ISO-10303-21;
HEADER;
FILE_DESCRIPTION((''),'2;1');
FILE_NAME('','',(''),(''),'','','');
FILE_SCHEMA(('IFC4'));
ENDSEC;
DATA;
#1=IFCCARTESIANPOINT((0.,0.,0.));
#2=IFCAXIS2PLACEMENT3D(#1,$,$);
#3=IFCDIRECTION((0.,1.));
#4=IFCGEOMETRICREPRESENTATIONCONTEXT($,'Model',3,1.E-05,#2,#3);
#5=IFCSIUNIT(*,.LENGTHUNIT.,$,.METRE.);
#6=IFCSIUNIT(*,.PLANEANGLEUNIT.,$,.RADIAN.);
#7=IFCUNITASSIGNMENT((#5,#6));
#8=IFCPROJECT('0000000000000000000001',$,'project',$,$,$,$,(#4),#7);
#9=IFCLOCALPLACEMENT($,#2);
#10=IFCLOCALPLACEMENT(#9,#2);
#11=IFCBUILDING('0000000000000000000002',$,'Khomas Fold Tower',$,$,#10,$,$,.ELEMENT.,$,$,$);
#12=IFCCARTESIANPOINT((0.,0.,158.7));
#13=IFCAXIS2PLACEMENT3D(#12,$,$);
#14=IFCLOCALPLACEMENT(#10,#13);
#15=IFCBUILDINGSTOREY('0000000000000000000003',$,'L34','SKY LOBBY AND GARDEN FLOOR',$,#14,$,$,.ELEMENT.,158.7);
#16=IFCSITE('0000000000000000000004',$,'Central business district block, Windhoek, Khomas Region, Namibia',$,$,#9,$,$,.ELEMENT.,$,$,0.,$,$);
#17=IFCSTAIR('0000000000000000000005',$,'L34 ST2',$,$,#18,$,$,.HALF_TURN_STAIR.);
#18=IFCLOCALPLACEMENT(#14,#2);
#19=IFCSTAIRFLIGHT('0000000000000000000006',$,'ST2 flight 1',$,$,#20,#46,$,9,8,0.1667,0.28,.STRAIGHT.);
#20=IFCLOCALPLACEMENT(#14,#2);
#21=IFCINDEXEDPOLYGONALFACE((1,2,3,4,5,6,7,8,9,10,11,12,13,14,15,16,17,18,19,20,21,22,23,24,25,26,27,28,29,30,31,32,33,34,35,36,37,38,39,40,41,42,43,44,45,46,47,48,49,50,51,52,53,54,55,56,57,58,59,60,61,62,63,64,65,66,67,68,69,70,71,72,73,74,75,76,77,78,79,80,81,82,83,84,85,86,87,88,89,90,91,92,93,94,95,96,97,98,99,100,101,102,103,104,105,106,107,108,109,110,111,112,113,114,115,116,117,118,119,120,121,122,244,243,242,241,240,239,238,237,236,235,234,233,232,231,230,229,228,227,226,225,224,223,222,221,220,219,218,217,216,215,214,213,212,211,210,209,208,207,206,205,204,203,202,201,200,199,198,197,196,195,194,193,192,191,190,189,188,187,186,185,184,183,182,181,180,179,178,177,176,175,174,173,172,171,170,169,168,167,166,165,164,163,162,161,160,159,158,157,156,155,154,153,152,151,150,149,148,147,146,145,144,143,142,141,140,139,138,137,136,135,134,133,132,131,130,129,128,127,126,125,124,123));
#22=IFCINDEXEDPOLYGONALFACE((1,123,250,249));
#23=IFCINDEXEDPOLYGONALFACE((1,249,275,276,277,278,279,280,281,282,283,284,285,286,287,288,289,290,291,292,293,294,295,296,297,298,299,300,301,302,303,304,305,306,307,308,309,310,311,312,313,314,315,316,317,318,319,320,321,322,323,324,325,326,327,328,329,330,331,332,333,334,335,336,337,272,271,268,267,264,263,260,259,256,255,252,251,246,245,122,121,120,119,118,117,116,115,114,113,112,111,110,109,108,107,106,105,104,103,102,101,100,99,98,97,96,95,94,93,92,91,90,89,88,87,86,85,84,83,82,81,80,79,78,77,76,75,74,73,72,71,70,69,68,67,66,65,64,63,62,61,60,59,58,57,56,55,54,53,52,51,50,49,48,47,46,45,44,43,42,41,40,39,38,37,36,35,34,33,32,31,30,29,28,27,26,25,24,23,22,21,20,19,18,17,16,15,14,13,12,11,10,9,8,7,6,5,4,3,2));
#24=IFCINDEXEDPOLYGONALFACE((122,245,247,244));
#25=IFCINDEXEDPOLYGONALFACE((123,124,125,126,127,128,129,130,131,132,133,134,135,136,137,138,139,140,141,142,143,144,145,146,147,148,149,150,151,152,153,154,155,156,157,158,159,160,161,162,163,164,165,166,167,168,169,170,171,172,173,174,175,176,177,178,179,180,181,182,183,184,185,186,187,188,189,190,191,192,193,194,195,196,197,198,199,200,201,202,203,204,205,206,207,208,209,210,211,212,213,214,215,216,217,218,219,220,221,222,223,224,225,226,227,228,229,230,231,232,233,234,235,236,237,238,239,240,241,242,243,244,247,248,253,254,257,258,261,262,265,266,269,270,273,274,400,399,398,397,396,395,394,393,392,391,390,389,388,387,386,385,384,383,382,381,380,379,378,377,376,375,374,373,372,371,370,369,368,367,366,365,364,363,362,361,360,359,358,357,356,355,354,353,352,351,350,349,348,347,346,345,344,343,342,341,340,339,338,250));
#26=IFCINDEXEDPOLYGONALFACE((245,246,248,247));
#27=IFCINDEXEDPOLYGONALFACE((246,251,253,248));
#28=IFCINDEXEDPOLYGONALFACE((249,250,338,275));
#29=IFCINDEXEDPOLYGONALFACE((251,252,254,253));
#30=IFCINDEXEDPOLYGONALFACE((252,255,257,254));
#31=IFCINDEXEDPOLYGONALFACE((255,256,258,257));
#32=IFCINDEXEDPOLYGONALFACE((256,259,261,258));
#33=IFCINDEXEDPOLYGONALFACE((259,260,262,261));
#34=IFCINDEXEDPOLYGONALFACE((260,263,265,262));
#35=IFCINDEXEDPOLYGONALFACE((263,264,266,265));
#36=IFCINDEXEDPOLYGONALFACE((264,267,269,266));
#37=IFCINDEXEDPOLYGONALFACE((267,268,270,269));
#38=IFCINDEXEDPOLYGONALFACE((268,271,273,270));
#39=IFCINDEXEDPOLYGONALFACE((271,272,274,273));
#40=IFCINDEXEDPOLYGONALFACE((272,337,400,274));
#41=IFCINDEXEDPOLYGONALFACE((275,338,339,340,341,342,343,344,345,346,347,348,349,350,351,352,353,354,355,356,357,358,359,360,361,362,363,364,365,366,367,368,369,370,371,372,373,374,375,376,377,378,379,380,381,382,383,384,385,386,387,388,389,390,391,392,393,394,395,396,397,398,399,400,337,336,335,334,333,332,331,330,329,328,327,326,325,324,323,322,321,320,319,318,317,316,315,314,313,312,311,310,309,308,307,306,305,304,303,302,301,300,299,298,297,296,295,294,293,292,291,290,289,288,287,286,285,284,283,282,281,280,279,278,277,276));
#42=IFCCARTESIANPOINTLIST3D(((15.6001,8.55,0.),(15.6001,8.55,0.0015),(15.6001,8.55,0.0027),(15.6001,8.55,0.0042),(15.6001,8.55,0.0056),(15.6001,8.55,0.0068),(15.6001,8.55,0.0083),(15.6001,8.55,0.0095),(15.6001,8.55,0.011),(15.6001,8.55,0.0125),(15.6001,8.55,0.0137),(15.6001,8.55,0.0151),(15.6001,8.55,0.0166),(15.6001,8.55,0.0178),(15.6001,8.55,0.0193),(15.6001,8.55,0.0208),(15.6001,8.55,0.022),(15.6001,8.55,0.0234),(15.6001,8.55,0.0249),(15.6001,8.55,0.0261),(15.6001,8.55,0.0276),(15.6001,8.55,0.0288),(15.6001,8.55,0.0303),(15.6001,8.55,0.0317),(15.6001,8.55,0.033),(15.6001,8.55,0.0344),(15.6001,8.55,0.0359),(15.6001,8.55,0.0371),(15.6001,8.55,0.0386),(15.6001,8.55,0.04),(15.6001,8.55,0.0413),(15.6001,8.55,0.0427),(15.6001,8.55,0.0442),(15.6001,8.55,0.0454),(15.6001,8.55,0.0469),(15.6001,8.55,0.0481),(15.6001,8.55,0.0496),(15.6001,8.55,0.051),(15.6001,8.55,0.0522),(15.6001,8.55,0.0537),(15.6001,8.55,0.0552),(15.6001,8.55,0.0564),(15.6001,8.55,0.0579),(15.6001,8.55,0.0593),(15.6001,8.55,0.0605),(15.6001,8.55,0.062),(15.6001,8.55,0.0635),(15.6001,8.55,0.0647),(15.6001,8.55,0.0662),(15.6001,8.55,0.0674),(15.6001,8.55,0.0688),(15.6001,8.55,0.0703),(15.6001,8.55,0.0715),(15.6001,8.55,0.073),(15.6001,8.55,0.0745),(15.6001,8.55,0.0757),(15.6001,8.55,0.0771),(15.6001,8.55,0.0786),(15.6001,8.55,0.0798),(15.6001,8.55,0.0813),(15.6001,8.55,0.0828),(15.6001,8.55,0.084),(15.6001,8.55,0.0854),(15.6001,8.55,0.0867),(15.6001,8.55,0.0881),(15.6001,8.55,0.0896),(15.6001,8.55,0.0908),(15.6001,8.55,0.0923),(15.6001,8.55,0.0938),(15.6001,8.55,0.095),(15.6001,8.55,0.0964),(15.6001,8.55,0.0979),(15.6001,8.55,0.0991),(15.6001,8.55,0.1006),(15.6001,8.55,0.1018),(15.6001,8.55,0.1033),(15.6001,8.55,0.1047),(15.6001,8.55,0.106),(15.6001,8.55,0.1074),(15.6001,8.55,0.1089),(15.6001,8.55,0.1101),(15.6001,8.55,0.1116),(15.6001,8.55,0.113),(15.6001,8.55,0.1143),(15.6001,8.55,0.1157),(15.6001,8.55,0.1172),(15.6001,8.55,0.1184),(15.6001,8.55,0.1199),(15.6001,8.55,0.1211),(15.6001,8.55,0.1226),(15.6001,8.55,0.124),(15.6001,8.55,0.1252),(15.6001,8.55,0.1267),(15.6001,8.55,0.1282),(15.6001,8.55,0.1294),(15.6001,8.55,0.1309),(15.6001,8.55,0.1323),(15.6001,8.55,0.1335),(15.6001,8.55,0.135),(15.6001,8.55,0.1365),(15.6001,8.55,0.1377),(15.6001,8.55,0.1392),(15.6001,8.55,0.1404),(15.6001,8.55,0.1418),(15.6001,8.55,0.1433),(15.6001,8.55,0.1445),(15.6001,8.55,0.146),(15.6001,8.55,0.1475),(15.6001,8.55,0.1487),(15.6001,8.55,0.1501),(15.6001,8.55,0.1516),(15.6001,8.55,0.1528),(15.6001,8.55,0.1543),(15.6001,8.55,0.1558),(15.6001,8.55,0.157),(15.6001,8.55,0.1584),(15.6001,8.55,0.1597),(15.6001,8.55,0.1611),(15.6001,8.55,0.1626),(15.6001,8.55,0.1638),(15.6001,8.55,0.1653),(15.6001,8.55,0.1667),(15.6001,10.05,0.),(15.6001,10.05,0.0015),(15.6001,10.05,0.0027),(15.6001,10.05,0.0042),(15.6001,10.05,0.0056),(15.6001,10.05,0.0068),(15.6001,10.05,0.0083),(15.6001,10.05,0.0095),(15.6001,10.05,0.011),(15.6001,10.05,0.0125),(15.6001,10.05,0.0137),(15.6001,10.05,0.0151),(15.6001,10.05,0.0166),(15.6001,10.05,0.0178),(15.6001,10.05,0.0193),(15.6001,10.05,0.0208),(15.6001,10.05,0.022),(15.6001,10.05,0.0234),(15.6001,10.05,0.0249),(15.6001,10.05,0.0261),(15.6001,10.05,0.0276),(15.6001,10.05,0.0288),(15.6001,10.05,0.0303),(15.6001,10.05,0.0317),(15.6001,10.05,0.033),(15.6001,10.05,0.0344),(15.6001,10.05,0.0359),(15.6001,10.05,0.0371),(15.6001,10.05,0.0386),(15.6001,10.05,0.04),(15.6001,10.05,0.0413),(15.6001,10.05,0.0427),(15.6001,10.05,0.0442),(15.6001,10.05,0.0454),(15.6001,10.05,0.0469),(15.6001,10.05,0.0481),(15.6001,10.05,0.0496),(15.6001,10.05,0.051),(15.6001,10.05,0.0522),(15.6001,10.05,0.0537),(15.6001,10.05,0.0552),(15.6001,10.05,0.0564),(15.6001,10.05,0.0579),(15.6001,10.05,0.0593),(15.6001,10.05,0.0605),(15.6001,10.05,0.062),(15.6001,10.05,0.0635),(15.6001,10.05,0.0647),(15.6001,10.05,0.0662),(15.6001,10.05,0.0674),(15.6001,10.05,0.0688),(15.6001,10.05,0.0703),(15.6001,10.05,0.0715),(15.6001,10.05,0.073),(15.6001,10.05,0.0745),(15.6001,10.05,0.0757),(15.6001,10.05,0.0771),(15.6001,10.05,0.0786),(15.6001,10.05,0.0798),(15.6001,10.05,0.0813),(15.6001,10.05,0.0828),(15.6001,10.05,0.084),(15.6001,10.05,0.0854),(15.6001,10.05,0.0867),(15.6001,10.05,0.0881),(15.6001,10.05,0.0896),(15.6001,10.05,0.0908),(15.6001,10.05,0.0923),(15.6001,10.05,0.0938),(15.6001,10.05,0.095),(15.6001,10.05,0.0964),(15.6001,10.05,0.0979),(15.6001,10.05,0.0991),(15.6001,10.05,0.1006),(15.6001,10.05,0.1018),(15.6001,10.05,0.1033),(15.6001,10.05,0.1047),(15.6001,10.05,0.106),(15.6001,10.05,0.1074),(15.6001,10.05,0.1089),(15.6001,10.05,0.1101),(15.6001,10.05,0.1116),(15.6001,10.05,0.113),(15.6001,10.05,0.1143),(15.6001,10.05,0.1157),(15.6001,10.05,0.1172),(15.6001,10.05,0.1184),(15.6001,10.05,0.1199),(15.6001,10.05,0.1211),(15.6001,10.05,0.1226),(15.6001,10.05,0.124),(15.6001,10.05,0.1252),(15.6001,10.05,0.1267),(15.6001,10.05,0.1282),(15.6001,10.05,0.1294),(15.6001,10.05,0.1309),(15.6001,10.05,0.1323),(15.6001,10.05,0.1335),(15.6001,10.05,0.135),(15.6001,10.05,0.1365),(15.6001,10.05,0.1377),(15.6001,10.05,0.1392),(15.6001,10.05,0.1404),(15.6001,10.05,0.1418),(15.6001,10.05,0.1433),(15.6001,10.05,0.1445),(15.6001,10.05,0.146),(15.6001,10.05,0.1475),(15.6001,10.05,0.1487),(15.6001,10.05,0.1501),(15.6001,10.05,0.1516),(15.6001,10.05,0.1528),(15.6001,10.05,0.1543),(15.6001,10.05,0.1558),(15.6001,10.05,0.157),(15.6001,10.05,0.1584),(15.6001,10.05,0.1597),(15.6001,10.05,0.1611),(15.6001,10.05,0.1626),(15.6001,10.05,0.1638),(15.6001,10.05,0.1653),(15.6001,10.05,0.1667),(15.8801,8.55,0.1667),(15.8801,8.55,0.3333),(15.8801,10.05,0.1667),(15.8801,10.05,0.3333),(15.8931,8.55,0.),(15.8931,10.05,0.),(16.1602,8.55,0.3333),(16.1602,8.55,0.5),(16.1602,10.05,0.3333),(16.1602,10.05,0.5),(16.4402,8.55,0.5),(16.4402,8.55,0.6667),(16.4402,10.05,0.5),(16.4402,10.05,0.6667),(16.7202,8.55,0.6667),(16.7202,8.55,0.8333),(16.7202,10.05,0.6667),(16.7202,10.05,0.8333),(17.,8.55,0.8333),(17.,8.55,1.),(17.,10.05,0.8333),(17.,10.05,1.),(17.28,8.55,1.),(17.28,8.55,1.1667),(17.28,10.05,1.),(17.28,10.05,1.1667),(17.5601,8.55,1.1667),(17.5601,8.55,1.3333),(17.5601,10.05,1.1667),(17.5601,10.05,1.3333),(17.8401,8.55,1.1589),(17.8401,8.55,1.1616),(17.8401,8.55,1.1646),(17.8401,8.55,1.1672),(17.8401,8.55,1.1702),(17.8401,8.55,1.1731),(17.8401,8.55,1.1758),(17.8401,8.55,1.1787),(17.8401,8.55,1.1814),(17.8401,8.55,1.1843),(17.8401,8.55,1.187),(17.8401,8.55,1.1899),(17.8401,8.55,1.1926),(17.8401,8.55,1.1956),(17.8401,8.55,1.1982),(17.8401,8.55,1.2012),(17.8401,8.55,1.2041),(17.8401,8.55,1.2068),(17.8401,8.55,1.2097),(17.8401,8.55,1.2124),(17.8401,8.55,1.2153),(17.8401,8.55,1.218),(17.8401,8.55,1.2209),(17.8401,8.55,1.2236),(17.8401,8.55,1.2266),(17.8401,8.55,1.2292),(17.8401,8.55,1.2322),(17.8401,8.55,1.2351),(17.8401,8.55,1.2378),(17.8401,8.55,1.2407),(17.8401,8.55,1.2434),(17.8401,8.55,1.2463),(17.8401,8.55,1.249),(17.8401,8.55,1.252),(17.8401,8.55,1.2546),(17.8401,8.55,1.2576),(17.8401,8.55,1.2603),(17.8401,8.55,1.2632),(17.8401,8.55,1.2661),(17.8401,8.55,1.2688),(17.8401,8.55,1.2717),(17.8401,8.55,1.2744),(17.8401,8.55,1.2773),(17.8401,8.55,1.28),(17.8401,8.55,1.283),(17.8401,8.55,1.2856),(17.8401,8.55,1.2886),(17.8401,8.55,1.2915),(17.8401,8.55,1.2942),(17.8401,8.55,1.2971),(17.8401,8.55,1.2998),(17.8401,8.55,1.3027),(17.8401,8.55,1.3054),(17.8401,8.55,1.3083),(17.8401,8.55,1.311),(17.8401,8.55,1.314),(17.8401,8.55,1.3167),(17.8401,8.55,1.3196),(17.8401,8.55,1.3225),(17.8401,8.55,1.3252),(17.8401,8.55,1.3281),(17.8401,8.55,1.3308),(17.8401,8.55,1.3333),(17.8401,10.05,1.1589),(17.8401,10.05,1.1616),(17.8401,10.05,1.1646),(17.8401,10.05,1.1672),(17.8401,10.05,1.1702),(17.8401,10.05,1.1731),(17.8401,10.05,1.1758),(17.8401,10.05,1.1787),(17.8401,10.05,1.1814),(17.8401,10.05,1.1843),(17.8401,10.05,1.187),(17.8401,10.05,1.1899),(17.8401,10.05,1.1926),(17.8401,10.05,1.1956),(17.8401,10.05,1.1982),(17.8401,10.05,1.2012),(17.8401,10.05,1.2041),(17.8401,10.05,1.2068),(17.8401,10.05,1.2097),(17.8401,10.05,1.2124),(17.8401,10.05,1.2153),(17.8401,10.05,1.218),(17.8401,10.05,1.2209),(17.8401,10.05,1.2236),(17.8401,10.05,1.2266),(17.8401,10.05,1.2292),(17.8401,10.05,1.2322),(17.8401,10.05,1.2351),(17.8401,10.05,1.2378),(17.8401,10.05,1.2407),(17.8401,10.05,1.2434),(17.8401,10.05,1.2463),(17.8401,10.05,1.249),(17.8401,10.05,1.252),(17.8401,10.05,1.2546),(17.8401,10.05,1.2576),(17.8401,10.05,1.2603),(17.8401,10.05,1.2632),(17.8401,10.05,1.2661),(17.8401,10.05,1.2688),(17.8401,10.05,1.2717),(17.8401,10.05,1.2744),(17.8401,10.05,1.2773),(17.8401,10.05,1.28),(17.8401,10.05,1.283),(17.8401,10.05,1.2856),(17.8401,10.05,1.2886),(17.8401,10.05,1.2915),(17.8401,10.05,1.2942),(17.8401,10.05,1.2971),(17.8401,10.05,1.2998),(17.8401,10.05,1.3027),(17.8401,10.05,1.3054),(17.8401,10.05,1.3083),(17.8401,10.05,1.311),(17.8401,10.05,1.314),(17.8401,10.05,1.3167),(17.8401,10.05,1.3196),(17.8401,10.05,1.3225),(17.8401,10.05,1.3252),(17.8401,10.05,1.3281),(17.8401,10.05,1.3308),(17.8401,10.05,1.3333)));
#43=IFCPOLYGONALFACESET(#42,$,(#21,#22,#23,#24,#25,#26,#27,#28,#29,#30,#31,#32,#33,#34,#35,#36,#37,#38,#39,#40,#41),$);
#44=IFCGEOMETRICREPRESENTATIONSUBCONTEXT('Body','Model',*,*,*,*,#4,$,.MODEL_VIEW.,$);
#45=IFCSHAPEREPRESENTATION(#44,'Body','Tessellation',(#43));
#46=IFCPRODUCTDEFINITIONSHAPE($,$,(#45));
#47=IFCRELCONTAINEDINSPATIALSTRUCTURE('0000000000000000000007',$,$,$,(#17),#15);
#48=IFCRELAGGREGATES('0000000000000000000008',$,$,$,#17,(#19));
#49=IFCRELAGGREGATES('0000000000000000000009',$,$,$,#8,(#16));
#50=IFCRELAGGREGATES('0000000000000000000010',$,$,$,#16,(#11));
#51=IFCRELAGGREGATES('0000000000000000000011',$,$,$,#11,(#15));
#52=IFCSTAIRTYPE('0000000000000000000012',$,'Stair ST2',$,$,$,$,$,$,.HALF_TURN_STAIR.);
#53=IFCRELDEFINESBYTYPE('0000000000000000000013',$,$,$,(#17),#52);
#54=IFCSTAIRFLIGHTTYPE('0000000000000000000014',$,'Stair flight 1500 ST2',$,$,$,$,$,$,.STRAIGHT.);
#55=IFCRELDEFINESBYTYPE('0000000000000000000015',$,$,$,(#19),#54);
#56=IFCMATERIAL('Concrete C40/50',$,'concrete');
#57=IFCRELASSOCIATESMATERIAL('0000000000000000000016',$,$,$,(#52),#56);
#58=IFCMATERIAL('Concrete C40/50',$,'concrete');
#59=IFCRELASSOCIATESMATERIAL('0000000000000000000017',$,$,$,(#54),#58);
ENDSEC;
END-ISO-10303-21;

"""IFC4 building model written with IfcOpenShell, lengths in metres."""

from ifc_helpers import new_model, si_unit, direction, frame, origin, place, context, subcontext, project, spatial, polyline, outline, extrude, source, transform, mapped, material, type_object, element, aggregate, save


model = new_model("IFC4")

# Units and contexts
model_context = context("Model", 3, precision=1e-05, world=origin(), true_north=direction((0.0, 1.0)))
body_context = subcontext(model_context, "Body", "Model", "MODEL_VIEW")
ifc_project = project(units=[si_unit("LENGTHUNIT", "METRE"), si_unit("PLANEANGLEUNIT", "RADIAN")], contexts=[model_context])

# Site, building, storey
site_placement = place(None, origin())
site = spatial("IfcSite", under=ifc_project, at=site_placement, Name="Central business district block, Windhoek, Khomas Region, Namibia", CompositionType="ELEMENT", RefElevation=0.0)
building_placement = place(site_placement, origin())
building = spatial("IfcBuilding", under=site, at=building_placement, Name="Khomas Fold Tower", CompositionType="ELEMENT")
storey_placement = place(building_placement, frame((0.0, 0.0, 158.7)))
storey = spatial("IfcBuildingStorey", under=building, at=storey_placement, Name="L34", Description="SKY LOBBY AND GARDEN FLOOR", CompositionType="ELEMENT", Elevation=158.7)

# Stair, stair flight
ifc_material_1 = material(Name="Concrete C40/50", Category="concrete")
stair_type = type_object("IfcStairType", Name="Stair ST2", PredefinedType="HALF_TURN_STAIR", material=ifc_material_1)
stair_placement = place(storey_placement, origin())
stair = element("IfcStair", 1, at=stair_placement, inside=storey, type_object=stair_type, Name="L34 ST2", PredefinedType="HALF_TURN_STAIR")
ifc_material_2 = material(Name="Concrete C40/50", Category="concrete")
stair_flight_type = type_object("IfcStairFlightType", Name="Stair flight 1500 ST2", PredefinedType="STRAIGHT", material=ifc_material_2)
shared_shape_1 = source(origin(), body_context, "Body", "SweptSolid", [
    extrude(outline(polyline([(0.0, 0.0), (0.0, 0.0015), (0.0, 0.0027), (0.0, 0.0042), (0.0, 0.0056), (0.0, 0.0068), (0.0, 0.0083), (0.0, 0.0095), (0.0, 0.011), (0.0, 0.0125), (0.0, 0.0137), (0.0, 0.0151), (0.0, 0.0166), (0.0, 0.0178), (0.0, 0.0193), (0.0, 0.0208), (0.0, 0.022), (0.0, 0.0234), (0.0, 0.0249), (0.0, 0.0261), (0.0, 0.0276), (0.0, 0.0288), (0.0, 0.0303), (0.0, 0.0317), (0.0, 0.033), (0.0, 0.0344), (0.0, 0.0359), (0.0, 0.0371), (0.0, 0.0386), (0.0, 0.04), (0.0, 0.0413), (0.0, 0.0427), (0.0, 0.0442), (0.0, 0.0454), (0.0, 0.0469), (0.0, 0.0481), (0.0, 0.0496), (0.0, 0.051), (0.0, 0.0522), (0.0, 0.0537), (0.0, 0.0552), (0.0, 0.0564), (0.0, 0.0579), (0.0, 0.0593), (0.0, 0.0605), (0.0, 0.062), (0.0, 0.0635), (0.0, 0.0647), (0.0, 0.0662), (0.0, 0.0674), (0.0, 0.0688), (0.0, 0.0703), (0.0, 0.0715), (0.0, 0.073), (0.0, 0.0745), (0.0, 0.0757), (0.0, 0.0771), (0.0, 0.0786), (0.0, 0.0798), (0.0, 0.0813), (0.0, 0.0828), (0.0, 0.084), (0.0, 0.0854), (0.0, 0.0867), (0.0, 0.0881), (0.0, 0.0896), (0.0, 0.0908), (0.0, 0.0923), (0.0, 0.0938), (0.0, 0.095), (0.0, 0.0964), (0.0, 0.0979), (0.0, 0.0991), (0.0, 0.1006), (0.0, 0.1018), (0.0, 0.1033), (0.0, 0.1047), (0.0, 0.106), (0.0, 0.1074), (0.0, 0.1089), (0.0, 0.1101), (0.0, 0.1116), (0.0, 0.113), (0.0, 0.1143), (0.0, 0.1157), (0.0, 0.1172), (0.0, 0.1184), (0.0, 0.1199), (0.0, 0.1211), (0.0, 0.1226), (0.0, 0.124), (0.0, 0.1252), (0.0, 0.1267), (0.0, 0.1282), (0.0, 0.1294), (0.0, 0.1309), (0.0, 0.1323), (0.0, 0.1335), (0.0, 0.135), (0.0, 0.1365), (0.0, 0.1377), (0.0, 0.1392), (0.0, 0.1404), (0.0, 0.1418), (0.0, 0.1433), (0.0, 0.1445), (0.0, 0.146), (0.0, 0.1475), (0.0, 0.1487), (0.0, 0.1501), (0.0, 0.1516), (0.0, 0.1528), (0.0, 0.1543), (0.0, 0.1558), (0.0, 0.157), (0.0, 0.1584), (0.0, 0.1597), (0.0, 0.1611), (0.0, 0.1626), (0.0, 0.1638), (0.0, 0.1653), (0.0, 0.1667), (0.28, 0.1667), (0.28, 0.3333), (0.5601, 0.3333), (0.5601, 0.5), (0.8401, 0.5), (0.8401, 0.6667), (1.1201, 0.6667), (1.1201, 0.8333), (1.3999, 0.8333), (1.3999, 1.0), (1.6799, 1.0), (1.6799, 1.1667), (1.96, 1.1667), (1.96, 1.3333), (2.24, 1.3333), (2.24, 1.5), (2.24, 1.4971), (2.24, 1.4944), (2.24, 1.4915), (2.24, 1.4888), (2.24, 1.4858), (2.24, 1.4832), (2.24, 1.4802), (2.24, 1.4775), (2.24, 1.4746), (2.24, 1.4719), (2.24, 1.469), (2.24, 1.4661), (2.24, 1.4634), (2.24, 1.4604), (2.24, 1.4578), (2.24, 1.4548), (2.24, 1.4521), (2.24, 1.4492), (2.24, 1.4465), (2.24, 1.4436), (2.24, 1.4409), (2.24, 1.438), (2.24, 1.4351), (2.24, 1.4324), (2.24, 1.4294), (2.24, 1.4268), (2.24, 1.4238), (2.24, 1.4211), (2.24, 1.4182), (2.24, 1.4155), (2.24, 1.4126), (2.24, 1.4097), (2.24, 1.407), (2.24, 1.4041), (2.24, 1.4014), (2.24, 1.3984), (2.24, 1.3958), (2.24, 1.3928), (2.24, 1.3901), (2.24, 1.3872), (2.24, 1.3845), (2.24, 1.3816), (2.24, 1.3787), (2.24, 1.376), (2.24, 1.373), (2.24, 1.3704), (2.24, 1.3674), (2.24, 1.3647), (2.24, 1.3618), (2.24, 1.3591), (2.24, 1.3562), (2.24, 1.3535), (2.24, 1.3506), (2.24, 1.3477), (2.24, 1.345), (2.24, 1.342), (2.24, 1.3394), (2.24, 1.3364), (2.24, 1.3337), (2.24, 1.3308), (2.24, 1.3281), (2.24, 1.3252), (2.24, 1.3225), (2.24, 1.3196), (2.24, 1.3167), (2.24, 1.314), (2.24, 1.311), (2.24, 1.3083), (2.24, 1.3054), (2.24, 1.3027), (2.24, 1.2998), (2.24, 1.2971), (2.24, 1.2942), (2.24, 1.2915), (2.24, 1.2886), (2.24, 1.2856), (2.24, 1.283), (2.24, 1.28), (2.24, 1.2773), (2.24, 1.2744), (2.24, 1.2717), (2.24, 1.2688), (2.24, 1.2661), (2.24, 1.2632), (2.24, 1.2603), (2.24, 1.2576), (2.24, 1.2546), (2.24, 1.252), (2.24, 1.249), (2.24, 1.2463), (2.24, 1.2434), (2.24, 1.2407), (2.24, 1.2378), (2.24, 1.2351), (2.24, 1.2322), (2.24, 1.2292), (2.24, 1.2266), (2.24, 1.2236), (2.24, 1.2209), (2.24, 1.218), (2.24, 1.2153), (2.24, 1.2124), (2.24, 1.2097), (2.24, 1.2068), (2.24, 1.2041), (2.24, 1.2012), (2.24, 1.1982), (2.24, 1.1956), (2.24, 1.1926), (2.24, 1.1899), (2.24, 1.187), (2.24, 1.1843), (2.24, 1.1814), (2.24, 1.1787), (2.24, 1.1758), (2.24, 1.1731), (2.24, 1.1702), (2.24, 1.1672), (2.24, 1.1646), (2.24, 1.1616), (2.24, 1.1589), (0.293, 0.0), (0.0, 0.0)])), frame((0.0, 0.75, 0.0), z_axis=(0.0, -1.0, 0.0), x_axis=(1.0, 0.0, 0.0)), (0.0, 0.0, 1.0), 1.5),
])
stair_flight_1_placement = place(storey_placement, frame((15.6001, 9.3, 0.0), z_axis=(0.0, 0.0, 1.0), x_axis=(1.0, 0.0, 0.0)))
stair_flight_1 = element("IfcStairFlight", 2, at=stair_flight_1_placement, type_object=stair_flight_type, Name="ST2 flight 1", NumberOfRisers=9, NumberOfTreads=8, PredefinedType="STRAIGHT", RiserHeight=0.1667, TreadLength=0.28, context=body_context, shape_type="MappedRepresentation", body=[
    mapped(shared_shape_1, transform((0.0, 0.0, 0.0))),
])
aggregate(stair, [stair_flight_1])

save(model, "model.ifc")
